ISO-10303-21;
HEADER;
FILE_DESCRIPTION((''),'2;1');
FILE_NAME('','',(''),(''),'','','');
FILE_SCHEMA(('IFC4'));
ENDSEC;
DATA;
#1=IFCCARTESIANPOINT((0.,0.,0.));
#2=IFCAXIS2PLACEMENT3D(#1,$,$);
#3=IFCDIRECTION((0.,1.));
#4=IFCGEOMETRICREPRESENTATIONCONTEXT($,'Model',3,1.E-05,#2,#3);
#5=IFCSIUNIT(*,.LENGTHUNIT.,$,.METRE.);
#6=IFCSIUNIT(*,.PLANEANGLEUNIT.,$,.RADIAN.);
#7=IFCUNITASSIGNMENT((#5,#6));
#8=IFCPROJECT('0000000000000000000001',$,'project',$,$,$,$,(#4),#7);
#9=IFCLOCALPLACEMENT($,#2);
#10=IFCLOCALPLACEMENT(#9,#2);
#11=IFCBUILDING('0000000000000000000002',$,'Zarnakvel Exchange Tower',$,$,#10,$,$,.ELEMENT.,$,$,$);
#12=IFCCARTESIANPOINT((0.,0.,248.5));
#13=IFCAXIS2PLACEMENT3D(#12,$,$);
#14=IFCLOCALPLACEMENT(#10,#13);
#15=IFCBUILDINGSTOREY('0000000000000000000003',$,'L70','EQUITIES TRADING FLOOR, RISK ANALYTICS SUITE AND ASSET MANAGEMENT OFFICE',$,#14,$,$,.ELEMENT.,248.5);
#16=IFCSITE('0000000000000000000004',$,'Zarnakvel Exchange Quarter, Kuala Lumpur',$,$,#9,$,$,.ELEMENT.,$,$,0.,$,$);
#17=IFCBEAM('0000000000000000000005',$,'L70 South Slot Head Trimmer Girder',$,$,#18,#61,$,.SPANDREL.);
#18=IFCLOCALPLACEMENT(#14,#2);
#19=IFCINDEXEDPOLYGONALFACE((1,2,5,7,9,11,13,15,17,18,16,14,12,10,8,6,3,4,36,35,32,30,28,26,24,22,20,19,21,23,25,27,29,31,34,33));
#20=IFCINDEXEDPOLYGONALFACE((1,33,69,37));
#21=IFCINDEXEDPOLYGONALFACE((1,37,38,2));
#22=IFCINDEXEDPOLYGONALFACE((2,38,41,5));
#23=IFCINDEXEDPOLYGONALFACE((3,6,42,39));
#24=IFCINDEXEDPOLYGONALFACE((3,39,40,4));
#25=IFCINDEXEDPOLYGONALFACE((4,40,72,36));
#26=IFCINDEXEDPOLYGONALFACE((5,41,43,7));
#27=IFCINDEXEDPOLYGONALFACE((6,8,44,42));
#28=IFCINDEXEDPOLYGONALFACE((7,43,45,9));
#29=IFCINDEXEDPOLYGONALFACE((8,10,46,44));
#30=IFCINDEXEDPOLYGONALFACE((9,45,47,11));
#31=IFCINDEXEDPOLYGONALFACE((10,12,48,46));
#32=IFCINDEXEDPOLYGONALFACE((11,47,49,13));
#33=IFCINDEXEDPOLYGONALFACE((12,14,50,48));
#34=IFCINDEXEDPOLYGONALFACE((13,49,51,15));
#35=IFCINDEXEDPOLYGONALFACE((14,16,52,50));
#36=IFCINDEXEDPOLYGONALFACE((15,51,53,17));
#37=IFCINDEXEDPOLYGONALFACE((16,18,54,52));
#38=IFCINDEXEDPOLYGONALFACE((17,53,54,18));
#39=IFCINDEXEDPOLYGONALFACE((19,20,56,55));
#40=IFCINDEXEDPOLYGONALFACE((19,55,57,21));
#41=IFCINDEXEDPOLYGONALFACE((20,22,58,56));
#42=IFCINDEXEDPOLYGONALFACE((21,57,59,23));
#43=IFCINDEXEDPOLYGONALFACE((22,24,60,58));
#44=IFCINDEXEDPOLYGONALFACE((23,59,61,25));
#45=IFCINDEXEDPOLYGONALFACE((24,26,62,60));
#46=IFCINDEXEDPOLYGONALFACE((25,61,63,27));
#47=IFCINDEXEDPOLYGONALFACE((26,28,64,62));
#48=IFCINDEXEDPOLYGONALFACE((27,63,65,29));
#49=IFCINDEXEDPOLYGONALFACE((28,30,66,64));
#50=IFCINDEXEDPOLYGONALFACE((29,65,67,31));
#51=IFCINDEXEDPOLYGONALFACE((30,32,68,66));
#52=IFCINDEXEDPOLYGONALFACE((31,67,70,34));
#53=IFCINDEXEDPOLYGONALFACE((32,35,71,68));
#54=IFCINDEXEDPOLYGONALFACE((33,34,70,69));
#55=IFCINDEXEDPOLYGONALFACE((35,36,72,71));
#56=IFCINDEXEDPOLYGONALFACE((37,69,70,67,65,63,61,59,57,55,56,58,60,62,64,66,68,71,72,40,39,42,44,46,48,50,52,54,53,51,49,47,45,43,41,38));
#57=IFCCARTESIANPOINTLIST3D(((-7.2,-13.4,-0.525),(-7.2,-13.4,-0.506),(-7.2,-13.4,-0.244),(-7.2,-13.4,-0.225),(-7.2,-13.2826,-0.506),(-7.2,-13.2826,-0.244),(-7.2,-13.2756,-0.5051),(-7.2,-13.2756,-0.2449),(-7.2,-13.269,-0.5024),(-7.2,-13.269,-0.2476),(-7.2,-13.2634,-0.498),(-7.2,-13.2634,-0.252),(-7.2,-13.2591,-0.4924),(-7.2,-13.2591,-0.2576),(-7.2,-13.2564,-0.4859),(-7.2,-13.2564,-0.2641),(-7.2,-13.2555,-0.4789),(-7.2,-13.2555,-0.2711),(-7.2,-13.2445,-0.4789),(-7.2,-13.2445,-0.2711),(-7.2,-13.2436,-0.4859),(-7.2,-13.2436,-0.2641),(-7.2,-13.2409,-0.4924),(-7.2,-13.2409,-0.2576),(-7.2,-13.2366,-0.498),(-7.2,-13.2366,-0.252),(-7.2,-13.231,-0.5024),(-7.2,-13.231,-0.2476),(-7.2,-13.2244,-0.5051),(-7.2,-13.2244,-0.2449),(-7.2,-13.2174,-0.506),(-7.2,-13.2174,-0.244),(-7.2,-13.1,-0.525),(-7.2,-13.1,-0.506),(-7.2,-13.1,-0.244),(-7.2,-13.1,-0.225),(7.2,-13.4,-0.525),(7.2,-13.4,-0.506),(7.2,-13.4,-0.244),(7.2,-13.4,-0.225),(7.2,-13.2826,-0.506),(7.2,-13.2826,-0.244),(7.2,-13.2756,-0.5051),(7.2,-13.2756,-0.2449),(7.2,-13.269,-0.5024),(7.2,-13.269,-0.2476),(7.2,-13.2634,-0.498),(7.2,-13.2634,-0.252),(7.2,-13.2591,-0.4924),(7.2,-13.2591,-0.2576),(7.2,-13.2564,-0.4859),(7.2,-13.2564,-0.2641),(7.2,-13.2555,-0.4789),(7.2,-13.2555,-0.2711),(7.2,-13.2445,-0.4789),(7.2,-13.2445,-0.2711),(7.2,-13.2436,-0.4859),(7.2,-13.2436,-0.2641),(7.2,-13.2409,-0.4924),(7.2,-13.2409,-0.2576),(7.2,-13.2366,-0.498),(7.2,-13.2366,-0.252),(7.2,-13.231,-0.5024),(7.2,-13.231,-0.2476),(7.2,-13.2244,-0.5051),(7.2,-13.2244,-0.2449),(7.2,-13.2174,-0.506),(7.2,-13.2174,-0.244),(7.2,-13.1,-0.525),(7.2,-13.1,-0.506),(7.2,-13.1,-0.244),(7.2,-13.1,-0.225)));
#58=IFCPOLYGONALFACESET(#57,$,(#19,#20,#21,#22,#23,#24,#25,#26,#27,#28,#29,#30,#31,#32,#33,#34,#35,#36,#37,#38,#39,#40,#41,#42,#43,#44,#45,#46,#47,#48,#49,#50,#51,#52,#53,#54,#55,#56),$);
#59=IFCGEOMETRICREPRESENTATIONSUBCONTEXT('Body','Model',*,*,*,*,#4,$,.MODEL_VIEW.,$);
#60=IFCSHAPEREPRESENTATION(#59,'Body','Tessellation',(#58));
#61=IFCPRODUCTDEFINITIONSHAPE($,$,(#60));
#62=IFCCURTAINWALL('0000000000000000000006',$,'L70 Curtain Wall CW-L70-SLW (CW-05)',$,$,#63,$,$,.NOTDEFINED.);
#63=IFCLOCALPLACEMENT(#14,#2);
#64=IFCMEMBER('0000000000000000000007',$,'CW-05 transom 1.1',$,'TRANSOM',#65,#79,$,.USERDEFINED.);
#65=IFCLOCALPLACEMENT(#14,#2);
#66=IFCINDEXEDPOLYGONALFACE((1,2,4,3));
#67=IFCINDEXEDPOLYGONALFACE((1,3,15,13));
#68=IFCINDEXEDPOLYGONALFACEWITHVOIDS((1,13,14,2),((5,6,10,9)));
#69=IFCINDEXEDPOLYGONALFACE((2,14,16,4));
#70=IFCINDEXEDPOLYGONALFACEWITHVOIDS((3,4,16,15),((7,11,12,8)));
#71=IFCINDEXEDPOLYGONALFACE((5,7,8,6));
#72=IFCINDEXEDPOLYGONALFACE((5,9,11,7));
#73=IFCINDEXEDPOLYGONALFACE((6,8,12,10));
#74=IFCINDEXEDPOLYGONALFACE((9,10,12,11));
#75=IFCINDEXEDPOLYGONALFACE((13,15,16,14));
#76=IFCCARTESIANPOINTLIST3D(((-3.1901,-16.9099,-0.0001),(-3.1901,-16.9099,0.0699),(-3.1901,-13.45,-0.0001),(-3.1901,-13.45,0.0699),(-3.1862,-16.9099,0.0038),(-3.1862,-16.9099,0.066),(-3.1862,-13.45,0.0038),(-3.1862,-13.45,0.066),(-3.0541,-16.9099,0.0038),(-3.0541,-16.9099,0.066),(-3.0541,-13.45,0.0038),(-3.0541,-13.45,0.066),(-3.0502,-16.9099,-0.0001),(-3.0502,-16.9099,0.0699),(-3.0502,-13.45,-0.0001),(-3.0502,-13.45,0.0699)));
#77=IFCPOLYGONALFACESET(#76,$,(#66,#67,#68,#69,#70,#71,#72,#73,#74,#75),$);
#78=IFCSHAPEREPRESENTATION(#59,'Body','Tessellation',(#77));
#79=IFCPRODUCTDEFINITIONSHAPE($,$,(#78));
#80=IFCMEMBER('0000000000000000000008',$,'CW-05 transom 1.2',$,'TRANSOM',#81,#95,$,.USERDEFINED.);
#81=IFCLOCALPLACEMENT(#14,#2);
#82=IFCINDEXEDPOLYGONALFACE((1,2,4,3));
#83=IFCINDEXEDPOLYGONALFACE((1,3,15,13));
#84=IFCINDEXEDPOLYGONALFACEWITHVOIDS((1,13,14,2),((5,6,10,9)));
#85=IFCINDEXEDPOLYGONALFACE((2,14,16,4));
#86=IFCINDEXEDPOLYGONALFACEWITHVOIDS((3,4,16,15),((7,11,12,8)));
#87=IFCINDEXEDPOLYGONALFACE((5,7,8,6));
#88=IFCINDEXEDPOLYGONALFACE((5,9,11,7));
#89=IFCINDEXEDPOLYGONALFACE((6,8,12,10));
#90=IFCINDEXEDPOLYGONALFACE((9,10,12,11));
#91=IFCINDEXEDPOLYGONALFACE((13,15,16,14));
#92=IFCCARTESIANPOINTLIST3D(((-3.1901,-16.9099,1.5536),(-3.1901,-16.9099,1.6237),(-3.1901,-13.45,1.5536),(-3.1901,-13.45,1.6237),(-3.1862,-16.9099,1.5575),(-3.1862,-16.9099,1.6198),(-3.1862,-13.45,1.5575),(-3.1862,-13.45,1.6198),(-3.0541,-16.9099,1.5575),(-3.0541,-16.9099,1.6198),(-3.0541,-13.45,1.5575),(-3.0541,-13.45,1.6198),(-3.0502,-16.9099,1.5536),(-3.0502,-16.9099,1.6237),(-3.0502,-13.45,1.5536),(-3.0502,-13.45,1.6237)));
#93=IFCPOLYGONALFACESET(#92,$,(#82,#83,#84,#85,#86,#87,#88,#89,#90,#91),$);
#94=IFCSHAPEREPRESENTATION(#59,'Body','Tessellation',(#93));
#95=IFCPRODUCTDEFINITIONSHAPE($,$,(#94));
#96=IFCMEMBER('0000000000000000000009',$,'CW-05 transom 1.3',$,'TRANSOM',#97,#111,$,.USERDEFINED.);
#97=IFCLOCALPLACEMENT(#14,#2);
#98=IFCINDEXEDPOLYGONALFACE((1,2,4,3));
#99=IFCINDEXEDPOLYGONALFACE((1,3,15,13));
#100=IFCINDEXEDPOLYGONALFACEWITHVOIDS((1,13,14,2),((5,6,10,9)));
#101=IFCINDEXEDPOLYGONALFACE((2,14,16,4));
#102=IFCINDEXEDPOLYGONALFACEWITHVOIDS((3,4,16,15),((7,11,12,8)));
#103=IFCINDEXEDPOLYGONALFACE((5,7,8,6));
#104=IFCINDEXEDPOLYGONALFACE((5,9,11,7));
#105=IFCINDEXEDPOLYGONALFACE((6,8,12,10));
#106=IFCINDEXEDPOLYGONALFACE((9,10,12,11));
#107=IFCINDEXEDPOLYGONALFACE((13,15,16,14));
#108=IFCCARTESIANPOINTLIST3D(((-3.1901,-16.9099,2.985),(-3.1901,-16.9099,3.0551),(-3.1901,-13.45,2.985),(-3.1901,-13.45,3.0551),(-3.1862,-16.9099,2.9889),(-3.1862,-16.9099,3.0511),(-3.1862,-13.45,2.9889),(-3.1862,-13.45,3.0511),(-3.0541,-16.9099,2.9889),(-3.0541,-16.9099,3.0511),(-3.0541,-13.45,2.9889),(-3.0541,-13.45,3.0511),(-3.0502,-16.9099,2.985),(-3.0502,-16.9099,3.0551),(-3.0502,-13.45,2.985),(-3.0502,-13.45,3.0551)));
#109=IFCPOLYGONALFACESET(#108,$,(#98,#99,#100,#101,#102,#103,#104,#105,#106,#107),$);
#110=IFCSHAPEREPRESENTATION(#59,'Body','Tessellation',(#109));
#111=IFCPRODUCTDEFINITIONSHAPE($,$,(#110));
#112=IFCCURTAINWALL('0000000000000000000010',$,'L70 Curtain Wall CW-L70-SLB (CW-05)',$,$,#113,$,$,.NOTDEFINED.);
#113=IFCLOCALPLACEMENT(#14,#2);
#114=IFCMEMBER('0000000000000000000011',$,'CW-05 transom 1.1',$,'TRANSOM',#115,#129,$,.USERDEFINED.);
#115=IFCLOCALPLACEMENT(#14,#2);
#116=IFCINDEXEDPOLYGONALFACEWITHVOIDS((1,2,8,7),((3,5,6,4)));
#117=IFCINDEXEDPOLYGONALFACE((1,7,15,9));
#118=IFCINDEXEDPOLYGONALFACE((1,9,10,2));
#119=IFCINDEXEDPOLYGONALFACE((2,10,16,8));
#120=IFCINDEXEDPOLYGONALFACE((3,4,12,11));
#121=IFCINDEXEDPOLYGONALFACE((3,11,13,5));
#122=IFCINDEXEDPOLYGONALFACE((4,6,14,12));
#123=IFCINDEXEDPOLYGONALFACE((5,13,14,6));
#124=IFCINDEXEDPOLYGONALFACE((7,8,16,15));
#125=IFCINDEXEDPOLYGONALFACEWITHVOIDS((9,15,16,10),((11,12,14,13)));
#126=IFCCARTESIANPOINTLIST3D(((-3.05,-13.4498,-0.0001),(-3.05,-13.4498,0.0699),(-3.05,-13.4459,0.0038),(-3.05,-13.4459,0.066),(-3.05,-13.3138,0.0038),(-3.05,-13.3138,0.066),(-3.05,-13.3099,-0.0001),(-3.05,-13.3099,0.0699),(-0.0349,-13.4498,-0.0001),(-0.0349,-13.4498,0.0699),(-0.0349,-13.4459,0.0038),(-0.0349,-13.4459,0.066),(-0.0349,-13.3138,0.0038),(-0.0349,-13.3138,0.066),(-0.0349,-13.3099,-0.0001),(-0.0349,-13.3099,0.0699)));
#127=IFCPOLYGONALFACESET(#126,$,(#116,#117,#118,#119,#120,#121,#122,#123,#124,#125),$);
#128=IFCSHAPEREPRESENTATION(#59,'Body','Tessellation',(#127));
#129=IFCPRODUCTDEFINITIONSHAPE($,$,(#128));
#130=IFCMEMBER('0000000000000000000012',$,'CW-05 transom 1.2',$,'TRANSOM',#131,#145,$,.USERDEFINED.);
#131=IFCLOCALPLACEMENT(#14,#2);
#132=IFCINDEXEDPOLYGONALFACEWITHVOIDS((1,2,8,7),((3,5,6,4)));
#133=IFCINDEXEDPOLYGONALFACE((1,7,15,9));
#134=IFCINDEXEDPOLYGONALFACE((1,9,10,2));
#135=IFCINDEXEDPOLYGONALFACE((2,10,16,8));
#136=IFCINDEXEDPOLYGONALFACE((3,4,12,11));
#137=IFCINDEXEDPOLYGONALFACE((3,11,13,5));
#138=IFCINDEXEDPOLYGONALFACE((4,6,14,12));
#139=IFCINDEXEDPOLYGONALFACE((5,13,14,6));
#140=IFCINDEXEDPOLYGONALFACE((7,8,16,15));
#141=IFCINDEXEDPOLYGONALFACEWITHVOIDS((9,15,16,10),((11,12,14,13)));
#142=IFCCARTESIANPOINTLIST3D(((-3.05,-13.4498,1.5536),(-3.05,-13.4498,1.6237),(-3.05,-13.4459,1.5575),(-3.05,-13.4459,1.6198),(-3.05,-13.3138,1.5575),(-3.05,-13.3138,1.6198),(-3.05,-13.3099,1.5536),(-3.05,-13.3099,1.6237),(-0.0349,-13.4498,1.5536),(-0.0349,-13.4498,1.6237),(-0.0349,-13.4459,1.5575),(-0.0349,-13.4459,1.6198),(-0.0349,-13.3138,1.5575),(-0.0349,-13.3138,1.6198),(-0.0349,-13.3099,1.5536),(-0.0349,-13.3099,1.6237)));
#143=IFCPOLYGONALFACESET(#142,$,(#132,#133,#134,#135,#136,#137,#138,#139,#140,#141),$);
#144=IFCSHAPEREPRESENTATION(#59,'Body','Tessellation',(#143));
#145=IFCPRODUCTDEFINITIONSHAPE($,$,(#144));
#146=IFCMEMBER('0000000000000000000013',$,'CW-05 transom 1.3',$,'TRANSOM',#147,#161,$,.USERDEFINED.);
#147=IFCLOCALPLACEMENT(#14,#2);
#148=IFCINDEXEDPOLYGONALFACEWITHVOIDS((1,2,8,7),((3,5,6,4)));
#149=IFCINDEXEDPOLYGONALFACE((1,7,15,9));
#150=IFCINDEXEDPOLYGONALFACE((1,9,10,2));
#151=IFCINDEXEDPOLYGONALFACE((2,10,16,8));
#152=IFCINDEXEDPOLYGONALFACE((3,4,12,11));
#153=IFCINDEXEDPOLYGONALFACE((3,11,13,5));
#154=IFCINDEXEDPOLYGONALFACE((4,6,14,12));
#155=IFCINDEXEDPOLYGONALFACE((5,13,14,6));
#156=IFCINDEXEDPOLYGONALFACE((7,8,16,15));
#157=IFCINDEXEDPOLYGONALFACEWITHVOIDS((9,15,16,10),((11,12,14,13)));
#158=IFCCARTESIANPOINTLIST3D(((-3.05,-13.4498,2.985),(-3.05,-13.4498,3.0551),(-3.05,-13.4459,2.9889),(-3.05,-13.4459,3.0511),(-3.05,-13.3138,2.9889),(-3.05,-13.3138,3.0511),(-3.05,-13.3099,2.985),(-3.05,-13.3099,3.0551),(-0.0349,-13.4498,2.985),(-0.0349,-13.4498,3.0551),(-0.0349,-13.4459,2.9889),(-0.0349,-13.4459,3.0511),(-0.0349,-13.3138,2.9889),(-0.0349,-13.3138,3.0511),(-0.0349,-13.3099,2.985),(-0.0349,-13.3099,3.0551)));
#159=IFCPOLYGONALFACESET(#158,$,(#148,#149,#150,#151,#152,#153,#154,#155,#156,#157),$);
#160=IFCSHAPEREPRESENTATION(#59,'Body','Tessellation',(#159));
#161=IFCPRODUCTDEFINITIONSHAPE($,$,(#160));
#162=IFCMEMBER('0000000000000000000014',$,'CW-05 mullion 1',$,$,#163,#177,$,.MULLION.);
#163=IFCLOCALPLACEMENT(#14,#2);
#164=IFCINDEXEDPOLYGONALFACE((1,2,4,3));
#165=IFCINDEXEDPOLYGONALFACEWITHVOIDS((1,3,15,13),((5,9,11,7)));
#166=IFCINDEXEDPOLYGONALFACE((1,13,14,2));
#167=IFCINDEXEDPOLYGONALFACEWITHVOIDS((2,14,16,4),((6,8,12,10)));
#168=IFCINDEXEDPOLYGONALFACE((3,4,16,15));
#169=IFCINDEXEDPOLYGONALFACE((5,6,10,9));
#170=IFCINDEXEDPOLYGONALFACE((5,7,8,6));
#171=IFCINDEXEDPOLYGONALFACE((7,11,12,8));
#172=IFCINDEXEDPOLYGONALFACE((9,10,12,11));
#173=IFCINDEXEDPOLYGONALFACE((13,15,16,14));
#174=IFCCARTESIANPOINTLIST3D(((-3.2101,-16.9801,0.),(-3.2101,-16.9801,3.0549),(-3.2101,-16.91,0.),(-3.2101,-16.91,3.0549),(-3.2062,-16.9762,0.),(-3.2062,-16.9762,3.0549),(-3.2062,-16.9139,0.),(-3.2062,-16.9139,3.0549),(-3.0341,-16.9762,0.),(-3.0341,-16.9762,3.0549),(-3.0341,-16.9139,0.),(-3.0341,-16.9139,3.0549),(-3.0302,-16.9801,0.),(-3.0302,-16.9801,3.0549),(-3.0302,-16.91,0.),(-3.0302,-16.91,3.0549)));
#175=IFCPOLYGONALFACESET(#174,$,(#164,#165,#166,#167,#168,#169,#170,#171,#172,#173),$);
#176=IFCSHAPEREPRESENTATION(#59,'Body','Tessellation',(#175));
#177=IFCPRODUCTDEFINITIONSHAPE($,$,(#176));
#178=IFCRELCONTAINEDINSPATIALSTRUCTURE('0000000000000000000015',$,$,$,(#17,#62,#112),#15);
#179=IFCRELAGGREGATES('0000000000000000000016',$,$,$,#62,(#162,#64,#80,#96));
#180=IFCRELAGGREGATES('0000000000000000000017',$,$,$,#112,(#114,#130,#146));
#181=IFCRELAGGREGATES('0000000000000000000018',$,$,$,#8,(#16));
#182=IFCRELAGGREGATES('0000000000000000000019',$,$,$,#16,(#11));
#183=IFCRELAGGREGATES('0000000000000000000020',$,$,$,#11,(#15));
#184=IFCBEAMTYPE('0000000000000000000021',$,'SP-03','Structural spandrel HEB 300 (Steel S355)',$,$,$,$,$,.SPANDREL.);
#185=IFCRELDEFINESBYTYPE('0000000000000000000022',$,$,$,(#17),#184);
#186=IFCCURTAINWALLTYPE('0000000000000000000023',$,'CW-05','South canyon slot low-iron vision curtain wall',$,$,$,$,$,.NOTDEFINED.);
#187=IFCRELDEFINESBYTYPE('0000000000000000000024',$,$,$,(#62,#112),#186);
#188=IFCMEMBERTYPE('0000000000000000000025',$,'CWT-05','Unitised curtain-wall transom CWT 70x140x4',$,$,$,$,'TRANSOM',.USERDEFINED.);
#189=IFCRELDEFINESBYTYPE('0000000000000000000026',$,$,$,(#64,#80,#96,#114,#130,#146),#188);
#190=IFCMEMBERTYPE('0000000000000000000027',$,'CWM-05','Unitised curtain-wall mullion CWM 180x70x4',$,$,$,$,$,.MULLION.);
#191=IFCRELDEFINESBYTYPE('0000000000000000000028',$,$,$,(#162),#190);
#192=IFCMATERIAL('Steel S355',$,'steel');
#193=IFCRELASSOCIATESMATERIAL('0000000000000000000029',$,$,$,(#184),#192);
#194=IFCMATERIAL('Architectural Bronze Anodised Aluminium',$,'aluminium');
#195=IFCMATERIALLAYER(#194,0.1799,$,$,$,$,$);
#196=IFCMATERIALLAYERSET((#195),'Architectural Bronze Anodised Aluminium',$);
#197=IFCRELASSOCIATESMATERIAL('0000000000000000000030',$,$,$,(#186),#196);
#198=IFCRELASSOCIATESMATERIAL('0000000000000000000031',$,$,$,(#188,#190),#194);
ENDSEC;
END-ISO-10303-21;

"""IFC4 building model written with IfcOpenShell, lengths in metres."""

from ifc_helpers import new_model, si_unit, direction, frame, origin, origin_2d, place, context, subcontext, project, spatial, hollow_rectangle, i_section, extrude, source, transform, mapped, material, layer, layer_set, material_profile, profile_set, type_object, element, aggregate, save


model = new_model("IFC4")

# Units and contexts
model_context = context("Model", 3, precision=1e-05, world=origin(), true_north=direction((0.0, 1.0)))
body_context = subcontext(model_context, "Body", "Model", "MODEL_VIEW")
ifc_project = project(units=[si_unit("LENGTHUNIT", "METRE"), si_unit("PLANEANGLEUNIT", "RADIAN")], contexts=[model_context])

# Site, building, storey
site_placement = place(None, origin())
site = spatial("IfcSite", under=ifc_project, at=site_placement, Name="Zarnakvel Exchange Quarter, Kuala Lumpur", CompositionType="ELEMENT", RefElevation=0.0)
building_placement = place(site_placement, origin())
building = spatial("IfcBuilding", under=site, at=building_placement, Name="Zarnakvel Exchange Tower", CompositionType="ELEMENT")
storey_placement = place(building_placement, frame((0.0, 0.0, 248.5)))
storey = spatial("IfcBuildingStorey", under=building, at=storey_placement, Name="L70", Description="EQUITIES TRADING FLOOR, RISK ANALYTICS SUITE AND ASSET MANAGEMENT OFFICE", CompositionType="ELEMENT", Elevation=248.5)

# Beam
ifc_material_1 = material(Name="Steel S355", Category="steel")
ifc_material_profile_1 = material_profile(ifc_material_1, i_section(OverallWidth=0.3, OverallDepth=0.3, WebThickness=0.011, FlangeThickness=0.019, FilletRadius=0.0271, at=origin_2d()))
ifc_profile_set_1 = profile_set([ifc_material_profile_1], Name="Steel S355")
beam_type_1 = type_object("IfcBeamType", Name="SP-03", Description="Structural spandrel HEB 300 (Steel S355)", PredefinedType="SPANDREL", material=ifc_profile_set_1)
beam_1_placement = place(storey_placement, frame((-7.2, -13.25, -0.375), z_axis=(1.0, 0.0, 0.0), x_axis=(0.0, 1.0, 0.0)))
element("IfcBeam", 1, at=beam_1_placement, inside=storey, type_object=beam_type_1, Name="L70 South Slot Head Trimmer Girder", PredefinedType="SPANDREL", context=body_context, shape_type="SweptSolid", body=[
    extrude(i_section(OverallWidth=0.3, OverallDepth=0.3, WebThickness=0.011, FlangeThickness=0.019, FilletRadius=0.0271, at=origin_2d()), origin(), (0.0, 0.0, 1.0), 14.3999),
])

# Curtain walls, members
ifc_material_2 = material(Name="Architectural Bronze Anodised Aluminium", Category="aluminium")
ifc_layer_1 = layer(ifc_material_2, 0.1799)
ifc_layer_set_1 = layer_set([ifc_layer_1], Name="Architectural Bronze Anodised Aluminium")
curtain_wall_type = type_object("IfcCurtainWallType", Name="CW-05", Description="South canyon slot low-iron vision curtain wall", PredefinedType="NOTDEFINED", material=ifc_layer_set_1)
curtain_wall_1_placement = place(storey_placement, origin())
curtain_wall_1 = element("IfcCurtainWall", 2, at=curtain_wall_1_placement, inside=storey, type_object=curtain_wall_type, Name="L70 Curtain Wall CW-L70-SLW (CW-05)", PredefinedType="NOTDEFINED")
ifc_material_profile_2 = material_profile(ifc_material_2, hollow_rectangle(XDim=0.1399, YDim=0.0701, WallThickness=0.0039, at=origin_2d()))
ifc_profile_set_2 = profile_set([ifc_material_profile_2], Name="Architectural Bronze Anodised Aluminium")
member_type_1 = type_object("IfcMemberType", Name="CWT-05", Description="Unitised curtain-wall transom CWT 70x140x4", ElementType="TRANSOM", PredefinedType="USERDEFINED", material=ifc_profile_set_2)
shared_shape_1 = source(origin(), body_context, "Body", "SweptSolid", [
    extrude(hollow_rectangle(XDim=0.1399, YDim=0.0701, WallThickness=0.0039, at=origin_2d()), origin(), (0.0, 0.0, 1.0), 3.46),
])
member_1_placement = place(storey_placement, frame((-3.1201, -16.9099, 0.0349), z_axis=(0.0, 1.0, 0.0), x_axis=(-1.0, 0.0, 0.0)))
member_1 = element("IfcMember", 3, at=member_1_placement, type_object=member_type_1, Name="CW-05 transom 1.1", ObjectType="TRANSOM", PredefinedType="USERDEFINED", context=body_context, shape_type="MappedRepresentation", body=[
    mapped(shared_shape_1, transform((0.0, 0.0, 0.0), x_axis=(1.0, 0.0, 0.0), y_axis=(0.0, 1.0, 0.0), z_axis=(0.0, 0.0, 1.0), scale=1.0)),
])
member_2_placement = place(storey_placement, frame((-3.1201, -16.9099, 1.5886), z_axis=(0.0, 1.0, 0.0), x_axis=(-1.0, 0.0, 0.0)))
member_2 = element("IfcMember", 4, at=member_2_placement, type_object=member_type_1, Name="CW-05 transom 1.2", ObjectType="TRANSOM", PredefinedType="USERDEFINED", context=body_context, shape_type="MappedRepresentation", body=[
    mapped(shared_shape_1, transform((0.0, 0.0, 0.0), x_axis=(1.0, 0.0, 0.0), y_axis=(0.0, 1.0, 0.0), z_axis=(0.0, 0.0, 1.0), scale=1.0)),
])
member_3_placement = place(storey_placement, frame((-3.1201, -16.9099, 3.02), z_axis=(0.0, 1.0, 0.0), x_axis=(-1.0, 0.0, 0.0)))
member_3 = element("IfcMember", 5, at=member_3_placement, type_object=member_type_1, Name="CW-05 transom 1.3", ObjectType="TRANSOM", PredefinedType="USERDEFINED", context=body_context, shape_type="MappedRepresentation", body=[
    mapped(shared_shape_1, transform((0.0, 0.0, 0.0), x_axis=(1.0, 0.0, 0.0), y_axis=(0.0, 1.0, 0.0), z_axis=(0.0, 0.0, 1.0), scale=1.0)),
])
curtain_wall_2_placement = place(storey_placement, origin())
curtain_wall_2 = element("IfcCurtainWall", 6, at=curtain_wall_2_placement, inside=storey, type_object=curtain_wall_type, Name="L70 Curtain Wall CW-L70-SLB (CW-05)", PredefinedType="NOTDEFINED")
shared_shape_2 = source(origin(), body_context, "Body", "SweptSolid", [
    extrude(hollow_rectangle(XDim=0.1399, YDim=0.0701, WallThickness=0.0039, at=origin_2d()), origin(), (0.0, 0.0, 1.0), 3.0151),
])
member_4_placement = place(storey_placement, frame((-3.05, -13.3799, 0.0349), z_axis=(1.0, 0.0, 0.0), x_axis=(0.0, 1.0, 0.0)))
member_4 = element("IfcMember", 7, at=member_4_placement, type_object=member_type_1, Name="CW-05 transom 1.1", ObjectType="TRANSOM", PredefinedType="USERDEFINED", context=body_context, shape_type="MappedRepresentation", body=[
    mapped(shared_shape_2, transform((0.0, 0.0, 0.0), x_axis=(1.0, 0.0, 0.0), y_axis=(0.0, 1.0, 0.0), z_axis=(0.0, 0.0, 1.0), scale=1.0)),
])
member_5_placement = place(storey_placement, frame((-3.05, -13.3799, 1.5886), z_axis=(1.0, 0.0, 0.0), x_axis=(0.0, 1.0, 0.0)))
member_5 = element("IfcMember", 8, at=member_5_placement, type_object=member_type_1, Name="CW-05 transom 1.2", ObjectType="TRANSOM", PredefinedType="USERDEFINED", context=body_context, shape_type="MappedRepresentation", body=[
    mapped(shared_shape_2, transform((0.0, 0.0, 0.0), x_axis=(1.0, 0.0, 0.0), y_axis=(0.0, 1.0, 0.0), z_axis=(0.0, 0.0, 1.0), scale=1.0)),
])
member_6_placement = place(storey_placement, frame((-3.05, -13.3799, 3.02), z_axis=(1.0, 0.0, 0.0), x_axis=(0.0, 1.0, 0.0)))
member_6 = element("IfcMember", 9, at=member_6_placement, type_object=member_type_1, Name="CW-05 transom 1.3", ObjectType="TRANSOM", PredefinedType="USERDEFINED", context=body_context, shape_type="MappedRepresentation", body=[
    mapped(shared_shape_2, transform((0.0, 0.0, 0.0), x_axis=(1.0, 0.0, 0.0), y_axis=(0.0, 1.0, 0.0), z_axis=(0.0, 0.0, 1.0), scale=1.0)),
])

# Member
ifc_material_profile_3 = material_profile(ifc_material_2, hollow_rectangle(XDim=0.1799, YDim=0.0701, WallThickness=0.0039, at=origin_2d()))
ifc_profile_set_3 = profile_set([ifc_material_profile_3], Name="Architectural Bronze Anodised Aluminium")
member_type_2 = type_object("IfcMemberType", Name="CWM-05", Description="Unitised curtain-wall mullion CWM 180x70x4", PredefinedType="MULLION", material=ifc_profile_set_3)
shared_shape_3 = source(origin(), body_context, "Body", "SweptSolid", [
    extrude(hollow_rectangle(XDim=0.1799, YDim=0.0701, WallThickness=0.0039, at=origin_2d()), origin(), (0.0, 0.0, 1.0), 3.0549),
])
member_7_placement = place(storey_placement, frame((-3.1201, -16.9451, 0.0), z_axis=(0.0, 0.0, 1.0), x_axis=(-1.0, 0.0, 0.0)))
member_7 = element("IfcMember", 10, at=member_7_placement, type_object=member_type_2, Name="CW-05 mullion 1", PredefinedType="MULLION", context=body_context, shape_type="MappedRepresentation", body=[
    mapped(shared_shape_3, transform((0.0, 0.0, 0.0), x_axis=(1.0, 0.0, 0.0), y_axis=(0.0, 1.0, 0.0), z_axis=(0.0, 0.0, 1.0), scale=1.0)),
])

aggregate(curtain_wall_1, [member_7, member_1, member_2, member_3])
aggregate(curtain_wall_2, [member_4, member_5, member_6])

save(model, "model.ifc")
